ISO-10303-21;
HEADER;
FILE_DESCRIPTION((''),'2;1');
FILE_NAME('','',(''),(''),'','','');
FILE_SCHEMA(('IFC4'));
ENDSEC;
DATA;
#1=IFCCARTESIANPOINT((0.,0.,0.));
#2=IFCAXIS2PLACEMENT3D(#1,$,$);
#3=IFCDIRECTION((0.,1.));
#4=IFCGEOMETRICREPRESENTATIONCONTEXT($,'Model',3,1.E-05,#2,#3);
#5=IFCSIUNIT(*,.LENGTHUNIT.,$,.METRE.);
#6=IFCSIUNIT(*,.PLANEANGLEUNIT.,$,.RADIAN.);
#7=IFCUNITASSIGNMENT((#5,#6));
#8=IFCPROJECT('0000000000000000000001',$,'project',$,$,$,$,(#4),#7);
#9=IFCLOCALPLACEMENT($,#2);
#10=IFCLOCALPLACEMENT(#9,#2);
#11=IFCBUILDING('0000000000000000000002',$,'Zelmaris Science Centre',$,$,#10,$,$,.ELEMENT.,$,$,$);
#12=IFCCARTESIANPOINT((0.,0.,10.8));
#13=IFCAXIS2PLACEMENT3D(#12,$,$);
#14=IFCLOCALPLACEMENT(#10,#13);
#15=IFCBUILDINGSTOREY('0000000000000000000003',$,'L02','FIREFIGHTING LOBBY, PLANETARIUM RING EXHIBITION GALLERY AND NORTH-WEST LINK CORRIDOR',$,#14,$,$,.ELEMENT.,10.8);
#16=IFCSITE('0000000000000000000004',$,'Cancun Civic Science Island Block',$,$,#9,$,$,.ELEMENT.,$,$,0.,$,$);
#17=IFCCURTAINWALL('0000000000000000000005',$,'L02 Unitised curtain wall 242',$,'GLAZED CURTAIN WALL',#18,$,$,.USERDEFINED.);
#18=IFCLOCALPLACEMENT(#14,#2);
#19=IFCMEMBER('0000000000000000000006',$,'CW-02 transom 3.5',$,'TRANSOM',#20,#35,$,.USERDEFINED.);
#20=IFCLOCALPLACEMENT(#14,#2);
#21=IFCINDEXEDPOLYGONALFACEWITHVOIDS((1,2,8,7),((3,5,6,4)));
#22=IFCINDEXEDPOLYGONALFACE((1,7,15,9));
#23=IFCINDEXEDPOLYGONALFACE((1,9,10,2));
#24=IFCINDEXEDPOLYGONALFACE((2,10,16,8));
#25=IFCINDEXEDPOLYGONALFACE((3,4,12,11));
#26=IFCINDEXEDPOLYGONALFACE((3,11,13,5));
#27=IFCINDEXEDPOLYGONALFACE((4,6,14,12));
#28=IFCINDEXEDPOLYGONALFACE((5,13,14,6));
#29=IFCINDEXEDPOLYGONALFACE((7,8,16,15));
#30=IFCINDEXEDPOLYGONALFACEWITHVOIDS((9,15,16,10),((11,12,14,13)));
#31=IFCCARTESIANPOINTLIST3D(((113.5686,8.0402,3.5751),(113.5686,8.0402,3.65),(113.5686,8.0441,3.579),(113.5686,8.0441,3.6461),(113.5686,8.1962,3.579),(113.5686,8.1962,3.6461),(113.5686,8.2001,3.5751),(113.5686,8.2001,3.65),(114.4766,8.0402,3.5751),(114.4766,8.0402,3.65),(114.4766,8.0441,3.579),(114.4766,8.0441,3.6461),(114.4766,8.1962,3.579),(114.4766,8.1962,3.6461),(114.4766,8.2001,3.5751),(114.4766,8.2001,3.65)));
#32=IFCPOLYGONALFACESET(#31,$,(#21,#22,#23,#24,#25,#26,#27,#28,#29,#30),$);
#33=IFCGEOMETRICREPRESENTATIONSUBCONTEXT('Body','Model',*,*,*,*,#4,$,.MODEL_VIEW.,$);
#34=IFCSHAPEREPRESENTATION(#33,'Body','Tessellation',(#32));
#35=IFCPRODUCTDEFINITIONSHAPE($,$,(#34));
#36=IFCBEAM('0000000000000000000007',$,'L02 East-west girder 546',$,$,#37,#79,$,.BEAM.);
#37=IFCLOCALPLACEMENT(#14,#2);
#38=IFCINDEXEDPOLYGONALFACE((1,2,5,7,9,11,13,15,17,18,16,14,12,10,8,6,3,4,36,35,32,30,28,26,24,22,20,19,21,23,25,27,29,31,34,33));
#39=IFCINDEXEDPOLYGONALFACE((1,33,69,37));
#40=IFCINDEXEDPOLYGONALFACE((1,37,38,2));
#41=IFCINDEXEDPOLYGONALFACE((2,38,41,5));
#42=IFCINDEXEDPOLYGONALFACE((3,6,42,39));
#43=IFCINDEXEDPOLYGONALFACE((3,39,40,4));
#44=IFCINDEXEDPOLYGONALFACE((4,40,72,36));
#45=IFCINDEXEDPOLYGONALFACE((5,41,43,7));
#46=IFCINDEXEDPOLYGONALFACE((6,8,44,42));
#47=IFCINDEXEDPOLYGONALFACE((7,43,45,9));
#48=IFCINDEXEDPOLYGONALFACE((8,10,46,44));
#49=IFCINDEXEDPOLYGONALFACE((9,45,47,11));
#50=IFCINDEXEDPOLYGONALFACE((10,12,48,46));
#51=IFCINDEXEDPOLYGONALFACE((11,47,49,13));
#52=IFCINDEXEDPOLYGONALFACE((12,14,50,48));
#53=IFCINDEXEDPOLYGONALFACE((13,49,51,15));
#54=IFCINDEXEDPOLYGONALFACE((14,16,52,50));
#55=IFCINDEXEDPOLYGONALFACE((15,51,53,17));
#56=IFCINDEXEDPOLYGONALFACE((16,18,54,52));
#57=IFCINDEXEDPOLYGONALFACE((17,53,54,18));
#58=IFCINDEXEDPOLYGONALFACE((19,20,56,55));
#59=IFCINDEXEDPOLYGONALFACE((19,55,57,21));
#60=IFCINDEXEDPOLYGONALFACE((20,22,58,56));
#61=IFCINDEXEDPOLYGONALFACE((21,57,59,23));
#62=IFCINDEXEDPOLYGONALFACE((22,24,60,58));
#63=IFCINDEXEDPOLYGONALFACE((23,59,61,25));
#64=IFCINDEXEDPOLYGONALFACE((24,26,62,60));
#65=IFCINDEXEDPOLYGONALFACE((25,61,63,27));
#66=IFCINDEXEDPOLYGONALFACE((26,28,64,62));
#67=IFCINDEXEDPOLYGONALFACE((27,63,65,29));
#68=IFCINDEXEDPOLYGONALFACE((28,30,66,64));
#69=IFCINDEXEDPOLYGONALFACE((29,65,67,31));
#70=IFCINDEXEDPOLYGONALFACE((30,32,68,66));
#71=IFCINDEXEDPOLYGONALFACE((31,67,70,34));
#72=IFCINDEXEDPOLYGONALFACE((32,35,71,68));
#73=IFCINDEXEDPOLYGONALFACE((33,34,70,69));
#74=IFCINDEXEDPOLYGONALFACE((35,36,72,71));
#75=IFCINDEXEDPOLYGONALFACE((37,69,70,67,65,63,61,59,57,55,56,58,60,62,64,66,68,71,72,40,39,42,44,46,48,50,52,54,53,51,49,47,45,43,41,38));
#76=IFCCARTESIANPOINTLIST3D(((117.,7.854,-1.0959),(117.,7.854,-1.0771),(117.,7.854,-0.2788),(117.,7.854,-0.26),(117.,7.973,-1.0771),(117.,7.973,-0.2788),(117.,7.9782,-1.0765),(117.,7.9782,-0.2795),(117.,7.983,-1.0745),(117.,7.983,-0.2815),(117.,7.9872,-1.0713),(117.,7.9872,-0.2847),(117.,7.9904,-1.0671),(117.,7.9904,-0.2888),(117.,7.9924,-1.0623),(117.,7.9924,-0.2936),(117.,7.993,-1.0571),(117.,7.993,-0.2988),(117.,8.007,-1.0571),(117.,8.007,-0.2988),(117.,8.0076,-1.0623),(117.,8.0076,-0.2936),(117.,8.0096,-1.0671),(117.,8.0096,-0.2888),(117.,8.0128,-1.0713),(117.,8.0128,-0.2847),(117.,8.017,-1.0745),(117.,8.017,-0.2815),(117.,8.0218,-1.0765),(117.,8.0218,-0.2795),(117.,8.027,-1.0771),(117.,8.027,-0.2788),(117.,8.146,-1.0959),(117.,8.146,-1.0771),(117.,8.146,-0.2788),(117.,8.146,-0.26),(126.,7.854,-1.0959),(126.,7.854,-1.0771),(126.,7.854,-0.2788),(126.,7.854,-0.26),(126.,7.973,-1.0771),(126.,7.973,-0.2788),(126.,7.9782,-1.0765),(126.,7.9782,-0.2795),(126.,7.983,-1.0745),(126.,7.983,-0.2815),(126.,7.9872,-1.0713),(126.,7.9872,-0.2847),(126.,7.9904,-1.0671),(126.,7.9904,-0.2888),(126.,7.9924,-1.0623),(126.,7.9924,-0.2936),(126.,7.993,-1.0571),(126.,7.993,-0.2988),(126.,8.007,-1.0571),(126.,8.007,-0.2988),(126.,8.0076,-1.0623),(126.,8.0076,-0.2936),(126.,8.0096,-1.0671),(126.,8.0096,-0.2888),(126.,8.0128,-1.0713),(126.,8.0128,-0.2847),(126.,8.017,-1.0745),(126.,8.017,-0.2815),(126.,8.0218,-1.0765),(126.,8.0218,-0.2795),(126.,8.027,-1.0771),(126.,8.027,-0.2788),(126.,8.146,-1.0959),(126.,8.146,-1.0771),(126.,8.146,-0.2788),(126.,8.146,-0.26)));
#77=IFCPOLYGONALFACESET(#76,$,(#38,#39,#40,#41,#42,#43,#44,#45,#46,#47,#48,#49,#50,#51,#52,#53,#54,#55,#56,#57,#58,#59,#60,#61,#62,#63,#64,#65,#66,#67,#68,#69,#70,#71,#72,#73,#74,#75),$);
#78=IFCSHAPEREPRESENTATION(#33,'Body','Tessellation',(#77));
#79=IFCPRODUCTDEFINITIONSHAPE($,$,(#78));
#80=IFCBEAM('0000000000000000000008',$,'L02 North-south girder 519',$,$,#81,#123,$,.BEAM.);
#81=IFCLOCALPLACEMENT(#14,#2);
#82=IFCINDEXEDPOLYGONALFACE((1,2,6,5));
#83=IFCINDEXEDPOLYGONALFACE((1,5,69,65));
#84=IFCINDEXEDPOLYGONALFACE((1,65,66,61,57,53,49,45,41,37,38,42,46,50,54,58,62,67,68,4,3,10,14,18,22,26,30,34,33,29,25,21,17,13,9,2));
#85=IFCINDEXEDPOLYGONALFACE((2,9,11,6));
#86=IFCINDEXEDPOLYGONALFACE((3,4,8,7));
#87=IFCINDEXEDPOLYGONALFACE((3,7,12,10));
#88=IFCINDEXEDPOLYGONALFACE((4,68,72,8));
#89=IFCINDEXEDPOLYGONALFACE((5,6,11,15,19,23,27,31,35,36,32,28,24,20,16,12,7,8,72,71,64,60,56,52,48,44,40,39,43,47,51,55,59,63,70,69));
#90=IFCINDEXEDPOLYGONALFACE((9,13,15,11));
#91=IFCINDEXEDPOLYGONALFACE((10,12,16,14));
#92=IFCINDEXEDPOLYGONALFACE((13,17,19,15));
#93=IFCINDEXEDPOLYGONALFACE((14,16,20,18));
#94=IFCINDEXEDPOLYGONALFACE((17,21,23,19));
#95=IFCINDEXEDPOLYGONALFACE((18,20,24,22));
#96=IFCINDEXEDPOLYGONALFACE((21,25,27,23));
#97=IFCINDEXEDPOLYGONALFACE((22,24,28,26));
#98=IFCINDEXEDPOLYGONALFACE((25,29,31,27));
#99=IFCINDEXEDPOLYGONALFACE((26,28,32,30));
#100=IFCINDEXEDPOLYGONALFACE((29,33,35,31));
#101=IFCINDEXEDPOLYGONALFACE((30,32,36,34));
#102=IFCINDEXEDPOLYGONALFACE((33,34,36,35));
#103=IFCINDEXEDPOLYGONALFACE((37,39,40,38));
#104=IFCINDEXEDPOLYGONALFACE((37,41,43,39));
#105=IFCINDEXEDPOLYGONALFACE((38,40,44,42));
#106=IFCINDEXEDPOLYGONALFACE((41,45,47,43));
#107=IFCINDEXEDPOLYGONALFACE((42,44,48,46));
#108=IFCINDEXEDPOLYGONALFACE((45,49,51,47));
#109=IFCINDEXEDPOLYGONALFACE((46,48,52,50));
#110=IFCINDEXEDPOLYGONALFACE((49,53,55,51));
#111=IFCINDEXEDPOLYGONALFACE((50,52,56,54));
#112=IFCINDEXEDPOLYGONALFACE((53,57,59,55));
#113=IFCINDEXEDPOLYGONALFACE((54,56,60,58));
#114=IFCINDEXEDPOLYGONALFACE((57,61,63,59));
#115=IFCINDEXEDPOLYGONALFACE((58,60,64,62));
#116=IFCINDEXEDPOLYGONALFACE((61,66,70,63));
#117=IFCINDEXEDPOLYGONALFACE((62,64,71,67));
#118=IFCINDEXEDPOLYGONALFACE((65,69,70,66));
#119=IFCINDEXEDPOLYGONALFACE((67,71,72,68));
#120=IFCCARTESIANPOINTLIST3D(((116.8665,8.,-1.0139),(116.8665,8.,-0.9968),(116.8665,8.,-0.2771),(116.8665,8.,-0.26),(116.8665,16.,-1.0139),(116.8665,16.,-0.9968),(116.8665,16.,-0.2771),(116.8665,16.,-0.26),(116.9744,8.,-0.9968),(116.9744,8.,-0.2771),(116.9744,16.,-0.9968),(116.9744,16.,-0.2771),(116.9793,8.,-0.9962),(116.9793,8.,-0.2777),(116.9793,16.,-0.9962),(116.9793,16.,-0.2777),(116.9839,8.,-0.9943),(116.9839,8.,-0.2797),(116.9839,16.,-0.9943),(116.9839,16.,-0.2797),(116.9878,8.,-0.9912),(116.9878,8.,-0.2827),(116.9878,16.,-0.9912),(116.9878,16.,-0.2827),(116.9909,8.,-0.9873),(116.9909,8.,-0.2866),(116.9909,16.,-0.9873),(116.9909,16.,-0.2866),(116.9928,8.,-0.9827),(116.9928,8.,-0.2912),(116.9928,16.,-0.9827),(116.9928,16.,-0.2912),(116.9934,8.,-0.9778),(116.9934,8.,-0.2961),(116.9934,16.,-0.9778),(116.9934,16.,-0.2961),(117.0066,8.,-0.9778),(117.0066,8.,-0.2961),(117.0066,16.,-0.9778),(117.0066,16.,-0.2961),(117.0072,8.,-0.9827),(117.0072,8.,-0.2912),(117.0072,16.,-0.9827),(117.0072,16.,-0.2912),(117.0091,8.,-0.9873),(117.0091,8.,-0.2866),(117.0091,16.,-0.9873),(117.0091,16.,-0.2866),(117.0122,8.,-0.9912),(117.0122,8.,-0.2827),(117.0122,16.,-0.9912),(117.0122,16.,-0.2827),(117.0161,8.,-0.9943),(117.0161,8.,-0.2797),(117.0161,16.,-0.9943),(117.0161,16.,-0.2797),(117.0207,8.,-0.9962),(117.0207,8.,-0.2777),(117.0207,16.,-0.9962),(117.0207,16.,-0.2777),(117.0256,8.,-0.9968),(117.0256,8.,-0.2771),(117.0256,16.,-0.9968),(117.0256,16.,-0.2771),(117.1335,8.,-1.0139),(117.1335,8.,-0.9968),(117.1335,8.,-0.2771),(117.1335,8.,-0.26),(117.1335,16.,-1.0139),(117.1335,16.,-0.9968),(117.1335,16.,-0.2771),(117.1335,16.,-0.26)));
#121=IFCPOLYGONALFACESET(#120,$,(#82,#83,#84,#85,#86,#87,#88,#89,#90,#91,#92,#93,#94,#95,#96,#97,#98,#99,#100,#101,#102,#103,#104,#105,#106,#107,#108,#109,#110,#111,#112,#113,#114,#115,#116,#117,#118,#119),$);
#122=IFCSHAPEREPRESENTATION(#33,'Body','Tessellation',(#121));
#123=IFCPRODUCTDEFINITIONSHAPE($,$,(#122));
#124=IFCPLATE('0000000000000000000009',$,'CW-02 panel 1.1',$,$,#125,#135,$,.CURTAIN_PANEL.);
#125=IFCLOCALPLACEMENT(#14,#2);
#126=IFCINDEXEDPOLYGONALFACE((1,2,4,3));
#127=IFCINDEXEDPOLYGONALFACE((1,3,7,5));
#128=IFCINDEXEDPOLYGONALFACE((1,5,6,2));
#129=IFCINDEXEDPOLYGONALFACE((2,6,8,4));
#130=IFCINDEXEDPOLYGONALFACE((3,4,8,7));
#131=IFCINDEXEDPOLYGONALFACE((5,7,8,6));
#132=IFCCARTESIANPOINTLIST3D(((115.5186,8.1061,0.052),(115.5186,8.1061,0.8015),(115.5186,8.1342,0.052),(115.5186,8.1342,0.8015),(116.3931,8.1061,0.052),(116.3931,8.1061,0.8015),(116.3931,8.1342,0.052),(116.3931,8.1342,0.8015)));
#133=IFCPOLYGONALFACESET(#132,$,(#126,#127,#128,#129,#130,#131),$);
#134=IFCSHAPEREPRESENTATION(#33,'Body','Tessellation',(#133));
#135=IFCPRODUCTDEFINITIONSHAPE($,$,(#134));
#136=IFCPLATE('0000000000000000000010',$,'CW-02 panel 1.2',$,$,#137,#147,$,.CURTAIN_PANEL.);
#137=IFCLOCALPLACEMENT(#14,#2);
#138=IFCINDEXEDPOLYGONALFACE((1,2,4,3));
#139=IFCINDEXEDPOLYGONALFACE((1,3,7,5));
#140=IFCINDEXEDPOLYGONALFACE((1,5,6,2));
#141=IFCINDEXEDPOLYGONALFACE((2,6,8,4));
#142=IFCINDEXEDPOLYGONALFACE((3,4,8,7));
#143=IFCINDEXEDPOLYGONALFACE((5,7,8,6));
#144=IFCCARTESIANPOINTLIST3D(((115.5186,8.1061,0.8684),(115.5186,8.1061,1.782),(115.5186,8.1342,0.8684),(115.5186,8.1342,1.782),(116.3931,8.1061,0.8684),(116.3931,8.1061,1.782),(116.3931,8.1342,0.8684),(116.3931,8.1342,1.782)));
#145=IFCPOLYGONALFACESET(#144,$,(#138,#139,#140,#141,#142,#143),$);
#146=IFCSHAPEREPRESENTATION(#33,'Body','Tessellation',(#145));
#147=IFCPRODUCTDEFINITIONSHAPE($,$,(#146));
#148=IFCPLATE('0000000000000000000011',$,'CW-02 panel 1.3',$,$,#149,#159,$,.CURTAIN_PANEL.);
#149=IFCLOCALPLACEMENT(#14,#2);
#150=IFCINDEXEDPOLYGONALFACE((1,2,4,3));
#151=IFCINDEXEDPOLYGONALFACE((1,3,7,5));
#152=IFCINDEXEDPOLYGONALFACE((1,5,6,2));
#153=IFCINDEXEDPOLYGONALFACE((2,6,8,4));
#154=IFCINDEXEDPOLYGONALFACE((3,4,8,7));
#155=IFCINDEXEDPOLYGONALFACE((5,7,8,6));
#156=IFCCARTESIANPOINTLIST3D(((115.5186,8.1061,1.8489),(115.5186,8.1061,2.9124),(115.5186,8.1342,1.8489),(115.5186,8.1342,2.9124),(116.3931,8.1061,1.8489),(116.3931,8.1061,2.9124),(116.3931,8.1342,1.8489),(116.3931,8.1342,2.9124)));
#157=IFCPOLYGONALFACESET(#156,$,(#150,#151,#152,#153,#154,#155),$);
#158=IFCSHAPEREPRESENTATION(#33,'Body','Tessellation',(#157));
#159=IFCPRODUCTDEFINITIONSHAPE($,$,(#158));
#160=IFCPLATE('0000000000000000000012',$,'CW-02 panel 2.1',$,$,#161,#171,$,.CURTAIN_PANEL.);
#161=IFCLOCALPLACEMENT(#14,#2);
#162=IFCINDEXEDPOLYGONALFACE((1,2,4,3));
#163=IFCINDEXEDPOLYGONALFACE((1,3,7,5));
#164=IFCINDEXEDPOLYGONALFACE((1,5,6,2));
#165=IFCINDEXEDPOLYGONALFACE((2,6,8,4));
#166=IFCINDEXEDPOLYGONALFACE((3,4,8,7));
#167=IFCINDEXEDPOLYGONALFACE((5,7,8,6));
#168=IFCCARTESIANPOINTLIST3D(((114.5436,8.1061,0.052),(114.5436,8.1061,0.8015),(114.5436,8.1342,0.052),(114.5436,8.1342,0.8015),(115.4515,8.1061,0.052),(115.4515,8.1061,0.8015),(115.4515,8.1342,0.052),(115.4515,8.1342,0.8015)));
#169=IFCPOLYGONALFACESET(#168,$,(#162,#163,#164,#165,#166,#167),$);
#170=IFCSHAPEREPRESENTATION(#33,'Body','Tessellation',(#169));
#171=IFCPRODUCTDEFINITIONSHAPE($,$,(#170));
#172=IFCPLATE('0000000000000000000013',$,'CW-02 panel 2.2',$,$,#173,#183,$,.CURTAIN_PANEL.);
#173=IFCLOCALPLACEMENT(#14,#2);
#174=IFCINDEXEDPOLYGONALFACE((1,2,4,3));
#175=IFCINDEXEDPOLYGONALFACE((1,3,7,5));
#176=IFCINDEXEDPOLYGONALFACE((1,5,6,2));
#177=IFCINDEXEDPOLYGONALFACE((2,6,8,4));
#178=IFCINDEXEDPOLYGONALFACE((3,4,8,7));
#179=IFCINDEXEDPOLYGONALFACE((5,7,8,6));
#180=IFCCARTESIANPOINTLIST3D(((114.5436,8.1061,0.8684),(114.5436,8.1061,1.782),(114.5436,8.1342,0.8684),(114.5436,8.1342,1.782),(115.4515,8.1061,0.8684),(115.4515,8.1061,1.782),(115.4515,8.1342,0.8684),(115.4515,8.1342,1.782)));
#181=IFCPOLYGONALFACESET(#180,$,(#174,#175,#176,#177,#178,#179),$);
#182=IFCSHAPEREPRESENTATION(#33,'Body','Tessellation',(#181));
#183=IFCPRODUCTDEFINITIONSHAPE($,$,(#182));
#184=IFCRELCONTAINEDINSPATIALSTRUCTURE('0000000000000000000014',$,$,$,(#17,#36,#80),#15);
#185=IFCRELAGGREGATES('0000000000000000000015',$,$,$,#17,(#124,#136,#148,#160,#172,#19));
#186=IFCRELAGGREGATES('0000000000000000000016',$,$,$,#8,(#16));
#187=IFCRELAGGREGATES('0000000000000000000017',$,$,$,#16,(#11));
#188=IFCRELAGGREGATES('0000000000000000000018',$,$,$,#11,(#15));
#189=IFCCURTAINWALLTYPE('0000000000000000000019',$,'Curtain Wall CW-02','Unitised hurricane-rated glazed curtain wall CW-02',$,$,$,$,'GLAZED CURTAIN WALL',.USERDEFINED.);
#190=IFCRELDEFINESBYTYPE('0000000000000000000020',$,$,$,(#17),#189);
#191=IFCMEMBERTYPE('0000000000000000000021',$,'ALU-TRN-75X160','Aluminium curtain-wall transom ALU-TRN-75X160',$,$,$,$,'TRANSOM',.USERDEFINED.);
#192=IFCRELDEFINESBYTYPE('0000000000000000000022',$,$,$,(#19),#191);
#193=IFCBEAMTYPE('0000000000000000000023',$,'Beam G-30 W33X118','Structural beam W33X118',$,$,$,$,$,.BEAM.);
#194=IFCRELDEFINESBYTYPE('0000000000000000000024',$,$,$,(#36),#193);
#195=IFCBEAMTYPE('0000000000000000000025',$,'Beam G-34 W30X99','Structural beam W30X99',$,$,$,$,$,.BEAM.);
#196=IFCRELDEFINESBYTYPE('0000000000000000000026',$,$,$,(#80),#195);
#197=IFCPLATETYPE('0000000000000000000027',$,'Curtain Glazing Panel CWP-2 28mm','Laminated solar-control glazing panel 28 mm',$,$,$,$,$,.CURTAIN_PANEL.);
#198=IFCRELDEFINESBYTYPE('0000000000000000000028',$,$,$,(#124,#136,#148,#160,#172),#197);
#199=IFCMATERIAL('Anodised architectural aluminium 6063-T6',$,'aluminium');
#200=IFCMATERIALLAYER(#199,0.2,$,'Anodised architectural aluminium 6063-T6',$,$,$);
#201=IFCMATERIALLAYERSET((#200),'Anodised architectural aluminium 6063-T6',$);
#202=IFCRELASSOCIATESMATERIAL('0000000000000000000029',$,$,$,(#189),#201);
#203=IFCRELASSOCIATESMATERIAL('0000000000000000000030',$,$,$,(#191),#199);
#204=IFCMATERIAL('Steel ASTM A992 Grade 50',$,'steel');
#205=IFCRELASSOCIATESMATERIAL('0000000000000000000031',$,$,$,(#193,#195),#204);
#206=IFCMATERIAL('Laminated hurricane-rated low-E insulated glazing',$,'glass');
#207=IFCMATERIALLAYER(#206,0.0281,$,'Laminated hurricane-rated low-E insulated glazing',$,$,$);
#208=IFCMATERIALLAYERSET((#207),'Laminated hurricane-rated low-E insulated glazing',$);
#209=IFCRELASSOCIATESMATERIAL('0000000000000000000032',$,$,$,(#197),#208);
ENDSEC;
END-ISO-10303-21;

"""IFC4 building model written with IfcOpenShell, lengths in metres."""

from ifc_helpers import new_model, si_unit, direction, frame, origin, origin_2d, place, context, subcontext, project, spatial, rectangle, hollow_rectangle, i_section, extrude, material, layer, layer_set, material_profile, profile_set, type_object, element, aggregate, save


model = new_model("IFC4")

# Units and contexts
model_context = context("Model", 3, precision=1e-05, world=origin(), true_north=direction((0.0, 1.0)))
body_context = subcontext(model_context, "Body", "Model", "MODEL_VIEW")
ifc_project = project(units=[si_unit("LENGTHUNIT", "METRE"), si_unit("PLANEANGLEUNIT", "RADIAN")], contexts=[model_context])

# Site, building, storey
site_placement = place(None, origin())
site = spatial("IfcSite", under=ifc_project, at=site_placement, Name="Cancun Civic Science Island Block", CompositionType="ELEMENT", RefElevation=0.0)
building_placement = place(site_placement, origin())
building = spatial("IfcBuilding", under=site, at=building_placement, Name="Zelmaris Science Centre", CompositionType="ELEMENT")
storey_placement = place(building_placement, frame((0.0, 0.0, 10.8)))
storey = spatial("IfcBuildingStorey", under=building, at=storey_placement, Name="L02", Description="FIREFIGHTING LOBBY, PLANETARIUM RING EXHIBITION GALLERY AND NORTH-WEST LINK CORRIDOR", CompositionType="ELEMENT", Elevation=10.8)

# Curtain wall, member
ifc_material_1 = material(Name="Anodised architectural aluminium 6063-T6", Category="aluminium")
ifc_layer_1 = layer(ifc_material_1, 0.2, Name="Anodised architectural aluminium 6063-T6")
ifc_layer_set_1 = layer_set([ifc_layer_1], Name="Anodised architectural aluminium 6063-T6")
curtain_wall_type = type_object("IfcCurtainWallType", Name="Curtain Wall CW-02", Description="Unitised hurricane-rated glazed curtain wall CW-02", ElementType="GLAZED CURTAIN WALL", PredefinedType="USERDEFINED", material=ifc_layer_set_1)
curtain_wall_placement = place(storey_placement, origin())
curtain_wall = element("IfcCurtainWall", 1, at=curtain_wall_placement, inside=storey, type_object=curtain_wall_type, Name="L02 Unitised curtain wall 242", ObjectType="GLAZED CURTAIN WALL", PredefinedType="USERDEFINED")
ifc_material_profile_1 = material_profile(ifc_material_1, hollow_rectangle(XDim=0.075, YDim=0.1599, WallThickness=0.0039, at=origin_2d()), Name="ALU-TRN-75X160")
ifc_profile_set_1 = profile_set([ifc_material_profile_1], Name="Anodised architectural aluminium 6063-T6")
member_type_1 = type_object("IfcMemberType", Name="ALU-TRN-75X160", Description="Aluminium curtain-wall transom ALU-TRN-75X160", ElementType="TRANSOM", PredefinedType="USERDEFINED", material=ifc_profile_set_1)
member_1_placement = place(storey_placement, frame((114.4766, 8.1201, 3.6125), z_axis=(-1.0, 0.0, 0.0), x_axis=(0.0, 0.0, 1.0)))
member_1 = element("IfcMember", 2, at=member_1_placement, type_object=member_type_1, Name="CW-02 transom 3.5", ObjectType="TRANSOM", PredefinedType="USERDEFINED", context=body_context, shape_type="SweptSolid", body=[
    extrude(hollow_rectangle(XDim=0.075, YDim=0.1599, WallThickness=0.0039, at=origin_2d()), origin(), (0.0, 0.0, 1.0), 0.908),
])

# Beams
ifc_material_2 = material(Name="Steel ASTM A992 Grade 50", Category="steel")
ifc_material_profile_2 = material_profile(ifc_material_2, i_section(OverallWidth=0.292, OverallDepth=0.8359, WebThickness=0.0139, FlangeThickness=0.0188, FilletRadius=0.02, at=origin_2d()), Name="W33X118")
ifc_profile_set_2 = profile_set([ifc_material_profile_2], Name="Steel ASTM A992 Grade 50")
beam_type_1 = type_object("IfcBeamType", Name="Beam G-30 W33X118", Description="Structural beam W33X118", PredefinedType="BEAM", material=ifc_profile_set_2)
beam_1_placement = place(storey_placement, frame((117.0, 8.0, -0.678), z_axis=(1.0, 0.0, 0.0), x_axis=(0.0, 1.0, 0.0)))
element("IfcBeam", 3, at=beam_1_placement, inside=storey, type_object=beam_type_1, Name="L02 East-west girder 546", PredefinedType="BEAM", context=body_context, shape_type="SweptSolid", body=[
    extrude(i_section(OverallWidth=0.292, OverallDepth=0.8359, WebThickness=0.0139, FlangeThickness=0.0188, FilletRadius=0.02, at=origin_2d()), origin(), (0.0, 0.0, 1.0), 9.0),
])
ifc_material_profile_3 = material_profile(ifc_material_2, i_section(OverallWidth=0.2671, OverallDepth=0.7539, WebThickness=0.0132, FlangeThickness=0.0171, FilletRadius=0.019, at=origin_2d()), Name="W30X99")
ifc_profile_set_3 = profile_set([ifc_material_profile_3], Name="Steel ASTM A992 Grade 50")
beam_type_2 = type_object("IfcBeamType", Name="Beam G-34 W30X99", Description="Structural beam W30X99", PredefinedType="BEAM", material=ifc_profile_set_3)
beam_2_placement = place(storey_placement, frame((117.0, 8.0, -0.637), z_axis=(0.0, 1.0, 0.0), x_axis=(-1.0, 0.0, 0.0)))
element("IfcBeam", 4, at=beam_2_placement, inside=storey, type_object=beam_type_2, Name="L02 North-south girder 519", PredefinedType="BEAM", context=body_context, shape_type="SweptSolid", body=[
    extrude(i_section(OverallWidth=0.2671, OverallDepth=0.7539, WebThickness=0.0132, FlangeThickness=0.0171, FilletRadius=0.019, at=origin_2d()), origin(), (0.0, 0.0, 1.0), 8.0),
])

# Plates
ifc_material_3 = material(Name="Laminated hurricane-rated low-E insulated glazing", Category="glass")
ifc_layer_2 = layer(ifc_material_3, 0.0281, Name="Laminated hurricane-rated low-E insulated glazing")
ifc_layer_set_2 = layer_set([ifc_layer_2], Name="Laminated hurricane-rated low-E insulated glazing")
plate_type = type_object("IfcPlateType", Name="Curtain Glazing Panel CWP-2 28mm", Description="Laminated solar-control glazing panel 28 mm", PredefinedType="CURTAIN_PANEL", material=ifc_layer_set_2)
plate_1_placement = place(storey_placement, frame((115.9558, 8.1201, 0.052), z_axis=(0.0, 0.0, 1.0), x_axis=(-1.0, 0.0, 0.0)))
plate_1 = element("IfcPlate", 5, at=plate_1_placement, type_object=plate_type, Name="CW-02 panel 1.1", PredefinedType="CURTAIN_PANEL", context=body_context, shape_type="SweptSolid", body=[
    extrude(rectangle(XDim=0.8745, YDim=0.0281, at=origin_2d()), origin(), (0.0, 0.0, 1.0), 0.7495),
])
plate_2_placement = place(storey_placement, frame((115.9558, 8.1201, 0.8684), z_axis=(0.0, 0.0, 1.0), x_axis=(-1.0, 0.0, 0.0)))
plate_2 = element("IfcPlate", 6, at=plate_2_placement, type_object=plate_type, Name="CW-02 panel 1.2", PredefinedType="CURTAIN_PANEL", context=body_context, shape_type="SweptSolid", body=[
    extrude(rectangle(XDim=0.8745, YDim=0.0281, at=origin_2d()), origin(), (0.0, 0.0, 1.0), 0.9136),
])
plate_3_placement = place(storey_placement, frame((115.9558, 8.1201, 1.8489), z_axis=(0.0, 0.0, 1.0), x_axis=(-1.0, 0.0, 0.0)))
plate_3 = element("IfcPlate", 7, at=plate_3_placement, type_object=plate_type, Name="CW-02 panel 1.3", PredefinedType="CURTAIN_PANEL", context=body_context, shape_type="SweptSolid", body=[
    extrude(rectangle(XDim=0.8745, YDim=0.0281, at=origin_2d()), origin(), (0.0, 0.0, 1.0), 1.0635),
])
plate_4_placement = place(storey_placement, frame((114.9976, 8.1201, 0.052), z_axis=(0.0, 0.0, 1.0), x_axis=(-1.0, 0.0, 0.0)))
plate_4 = element("IfcPlate", 8, at=plate_4_placement, type_object=plate_type, Name="CW-02 panel 2.1", PredefinedType="CURTAIN_PANEL", context=body_context, shape_type="SweptSolid", body=[
    extrude(rectangle(XDim=0.908, YDim=0.0281, at=origin_2d()), origin(), (0.0, 0.0, 1.0), 0.7495),
])
plate_5_placement = place(storey_placement, frame((114.9976, 8.1201, 0.8684), z_axis=(0.0, 0.0, 1.0), x_axis=(-1.0, 0.0, 0.0)))
plate_5 = element("IfcPlate", 9, at=plate_5_placement, type_object=plate_type, Name="CW-02 panel 2.2", PredefinedType="CURTAIN_PANEL", context=body_context, shape_type="SweptSolid", body=[
    extrude(rectangle(XDim=0.908, YDim=0.0281, at=origin_2d()), origin(), (0.0, 0.0, 1.0), 0.9136),
])
aggregate(curtain_wall, [plate_1, plate_2, plate_3, plate_4, plate_5, member_1])

save(model, "model.ifc")
